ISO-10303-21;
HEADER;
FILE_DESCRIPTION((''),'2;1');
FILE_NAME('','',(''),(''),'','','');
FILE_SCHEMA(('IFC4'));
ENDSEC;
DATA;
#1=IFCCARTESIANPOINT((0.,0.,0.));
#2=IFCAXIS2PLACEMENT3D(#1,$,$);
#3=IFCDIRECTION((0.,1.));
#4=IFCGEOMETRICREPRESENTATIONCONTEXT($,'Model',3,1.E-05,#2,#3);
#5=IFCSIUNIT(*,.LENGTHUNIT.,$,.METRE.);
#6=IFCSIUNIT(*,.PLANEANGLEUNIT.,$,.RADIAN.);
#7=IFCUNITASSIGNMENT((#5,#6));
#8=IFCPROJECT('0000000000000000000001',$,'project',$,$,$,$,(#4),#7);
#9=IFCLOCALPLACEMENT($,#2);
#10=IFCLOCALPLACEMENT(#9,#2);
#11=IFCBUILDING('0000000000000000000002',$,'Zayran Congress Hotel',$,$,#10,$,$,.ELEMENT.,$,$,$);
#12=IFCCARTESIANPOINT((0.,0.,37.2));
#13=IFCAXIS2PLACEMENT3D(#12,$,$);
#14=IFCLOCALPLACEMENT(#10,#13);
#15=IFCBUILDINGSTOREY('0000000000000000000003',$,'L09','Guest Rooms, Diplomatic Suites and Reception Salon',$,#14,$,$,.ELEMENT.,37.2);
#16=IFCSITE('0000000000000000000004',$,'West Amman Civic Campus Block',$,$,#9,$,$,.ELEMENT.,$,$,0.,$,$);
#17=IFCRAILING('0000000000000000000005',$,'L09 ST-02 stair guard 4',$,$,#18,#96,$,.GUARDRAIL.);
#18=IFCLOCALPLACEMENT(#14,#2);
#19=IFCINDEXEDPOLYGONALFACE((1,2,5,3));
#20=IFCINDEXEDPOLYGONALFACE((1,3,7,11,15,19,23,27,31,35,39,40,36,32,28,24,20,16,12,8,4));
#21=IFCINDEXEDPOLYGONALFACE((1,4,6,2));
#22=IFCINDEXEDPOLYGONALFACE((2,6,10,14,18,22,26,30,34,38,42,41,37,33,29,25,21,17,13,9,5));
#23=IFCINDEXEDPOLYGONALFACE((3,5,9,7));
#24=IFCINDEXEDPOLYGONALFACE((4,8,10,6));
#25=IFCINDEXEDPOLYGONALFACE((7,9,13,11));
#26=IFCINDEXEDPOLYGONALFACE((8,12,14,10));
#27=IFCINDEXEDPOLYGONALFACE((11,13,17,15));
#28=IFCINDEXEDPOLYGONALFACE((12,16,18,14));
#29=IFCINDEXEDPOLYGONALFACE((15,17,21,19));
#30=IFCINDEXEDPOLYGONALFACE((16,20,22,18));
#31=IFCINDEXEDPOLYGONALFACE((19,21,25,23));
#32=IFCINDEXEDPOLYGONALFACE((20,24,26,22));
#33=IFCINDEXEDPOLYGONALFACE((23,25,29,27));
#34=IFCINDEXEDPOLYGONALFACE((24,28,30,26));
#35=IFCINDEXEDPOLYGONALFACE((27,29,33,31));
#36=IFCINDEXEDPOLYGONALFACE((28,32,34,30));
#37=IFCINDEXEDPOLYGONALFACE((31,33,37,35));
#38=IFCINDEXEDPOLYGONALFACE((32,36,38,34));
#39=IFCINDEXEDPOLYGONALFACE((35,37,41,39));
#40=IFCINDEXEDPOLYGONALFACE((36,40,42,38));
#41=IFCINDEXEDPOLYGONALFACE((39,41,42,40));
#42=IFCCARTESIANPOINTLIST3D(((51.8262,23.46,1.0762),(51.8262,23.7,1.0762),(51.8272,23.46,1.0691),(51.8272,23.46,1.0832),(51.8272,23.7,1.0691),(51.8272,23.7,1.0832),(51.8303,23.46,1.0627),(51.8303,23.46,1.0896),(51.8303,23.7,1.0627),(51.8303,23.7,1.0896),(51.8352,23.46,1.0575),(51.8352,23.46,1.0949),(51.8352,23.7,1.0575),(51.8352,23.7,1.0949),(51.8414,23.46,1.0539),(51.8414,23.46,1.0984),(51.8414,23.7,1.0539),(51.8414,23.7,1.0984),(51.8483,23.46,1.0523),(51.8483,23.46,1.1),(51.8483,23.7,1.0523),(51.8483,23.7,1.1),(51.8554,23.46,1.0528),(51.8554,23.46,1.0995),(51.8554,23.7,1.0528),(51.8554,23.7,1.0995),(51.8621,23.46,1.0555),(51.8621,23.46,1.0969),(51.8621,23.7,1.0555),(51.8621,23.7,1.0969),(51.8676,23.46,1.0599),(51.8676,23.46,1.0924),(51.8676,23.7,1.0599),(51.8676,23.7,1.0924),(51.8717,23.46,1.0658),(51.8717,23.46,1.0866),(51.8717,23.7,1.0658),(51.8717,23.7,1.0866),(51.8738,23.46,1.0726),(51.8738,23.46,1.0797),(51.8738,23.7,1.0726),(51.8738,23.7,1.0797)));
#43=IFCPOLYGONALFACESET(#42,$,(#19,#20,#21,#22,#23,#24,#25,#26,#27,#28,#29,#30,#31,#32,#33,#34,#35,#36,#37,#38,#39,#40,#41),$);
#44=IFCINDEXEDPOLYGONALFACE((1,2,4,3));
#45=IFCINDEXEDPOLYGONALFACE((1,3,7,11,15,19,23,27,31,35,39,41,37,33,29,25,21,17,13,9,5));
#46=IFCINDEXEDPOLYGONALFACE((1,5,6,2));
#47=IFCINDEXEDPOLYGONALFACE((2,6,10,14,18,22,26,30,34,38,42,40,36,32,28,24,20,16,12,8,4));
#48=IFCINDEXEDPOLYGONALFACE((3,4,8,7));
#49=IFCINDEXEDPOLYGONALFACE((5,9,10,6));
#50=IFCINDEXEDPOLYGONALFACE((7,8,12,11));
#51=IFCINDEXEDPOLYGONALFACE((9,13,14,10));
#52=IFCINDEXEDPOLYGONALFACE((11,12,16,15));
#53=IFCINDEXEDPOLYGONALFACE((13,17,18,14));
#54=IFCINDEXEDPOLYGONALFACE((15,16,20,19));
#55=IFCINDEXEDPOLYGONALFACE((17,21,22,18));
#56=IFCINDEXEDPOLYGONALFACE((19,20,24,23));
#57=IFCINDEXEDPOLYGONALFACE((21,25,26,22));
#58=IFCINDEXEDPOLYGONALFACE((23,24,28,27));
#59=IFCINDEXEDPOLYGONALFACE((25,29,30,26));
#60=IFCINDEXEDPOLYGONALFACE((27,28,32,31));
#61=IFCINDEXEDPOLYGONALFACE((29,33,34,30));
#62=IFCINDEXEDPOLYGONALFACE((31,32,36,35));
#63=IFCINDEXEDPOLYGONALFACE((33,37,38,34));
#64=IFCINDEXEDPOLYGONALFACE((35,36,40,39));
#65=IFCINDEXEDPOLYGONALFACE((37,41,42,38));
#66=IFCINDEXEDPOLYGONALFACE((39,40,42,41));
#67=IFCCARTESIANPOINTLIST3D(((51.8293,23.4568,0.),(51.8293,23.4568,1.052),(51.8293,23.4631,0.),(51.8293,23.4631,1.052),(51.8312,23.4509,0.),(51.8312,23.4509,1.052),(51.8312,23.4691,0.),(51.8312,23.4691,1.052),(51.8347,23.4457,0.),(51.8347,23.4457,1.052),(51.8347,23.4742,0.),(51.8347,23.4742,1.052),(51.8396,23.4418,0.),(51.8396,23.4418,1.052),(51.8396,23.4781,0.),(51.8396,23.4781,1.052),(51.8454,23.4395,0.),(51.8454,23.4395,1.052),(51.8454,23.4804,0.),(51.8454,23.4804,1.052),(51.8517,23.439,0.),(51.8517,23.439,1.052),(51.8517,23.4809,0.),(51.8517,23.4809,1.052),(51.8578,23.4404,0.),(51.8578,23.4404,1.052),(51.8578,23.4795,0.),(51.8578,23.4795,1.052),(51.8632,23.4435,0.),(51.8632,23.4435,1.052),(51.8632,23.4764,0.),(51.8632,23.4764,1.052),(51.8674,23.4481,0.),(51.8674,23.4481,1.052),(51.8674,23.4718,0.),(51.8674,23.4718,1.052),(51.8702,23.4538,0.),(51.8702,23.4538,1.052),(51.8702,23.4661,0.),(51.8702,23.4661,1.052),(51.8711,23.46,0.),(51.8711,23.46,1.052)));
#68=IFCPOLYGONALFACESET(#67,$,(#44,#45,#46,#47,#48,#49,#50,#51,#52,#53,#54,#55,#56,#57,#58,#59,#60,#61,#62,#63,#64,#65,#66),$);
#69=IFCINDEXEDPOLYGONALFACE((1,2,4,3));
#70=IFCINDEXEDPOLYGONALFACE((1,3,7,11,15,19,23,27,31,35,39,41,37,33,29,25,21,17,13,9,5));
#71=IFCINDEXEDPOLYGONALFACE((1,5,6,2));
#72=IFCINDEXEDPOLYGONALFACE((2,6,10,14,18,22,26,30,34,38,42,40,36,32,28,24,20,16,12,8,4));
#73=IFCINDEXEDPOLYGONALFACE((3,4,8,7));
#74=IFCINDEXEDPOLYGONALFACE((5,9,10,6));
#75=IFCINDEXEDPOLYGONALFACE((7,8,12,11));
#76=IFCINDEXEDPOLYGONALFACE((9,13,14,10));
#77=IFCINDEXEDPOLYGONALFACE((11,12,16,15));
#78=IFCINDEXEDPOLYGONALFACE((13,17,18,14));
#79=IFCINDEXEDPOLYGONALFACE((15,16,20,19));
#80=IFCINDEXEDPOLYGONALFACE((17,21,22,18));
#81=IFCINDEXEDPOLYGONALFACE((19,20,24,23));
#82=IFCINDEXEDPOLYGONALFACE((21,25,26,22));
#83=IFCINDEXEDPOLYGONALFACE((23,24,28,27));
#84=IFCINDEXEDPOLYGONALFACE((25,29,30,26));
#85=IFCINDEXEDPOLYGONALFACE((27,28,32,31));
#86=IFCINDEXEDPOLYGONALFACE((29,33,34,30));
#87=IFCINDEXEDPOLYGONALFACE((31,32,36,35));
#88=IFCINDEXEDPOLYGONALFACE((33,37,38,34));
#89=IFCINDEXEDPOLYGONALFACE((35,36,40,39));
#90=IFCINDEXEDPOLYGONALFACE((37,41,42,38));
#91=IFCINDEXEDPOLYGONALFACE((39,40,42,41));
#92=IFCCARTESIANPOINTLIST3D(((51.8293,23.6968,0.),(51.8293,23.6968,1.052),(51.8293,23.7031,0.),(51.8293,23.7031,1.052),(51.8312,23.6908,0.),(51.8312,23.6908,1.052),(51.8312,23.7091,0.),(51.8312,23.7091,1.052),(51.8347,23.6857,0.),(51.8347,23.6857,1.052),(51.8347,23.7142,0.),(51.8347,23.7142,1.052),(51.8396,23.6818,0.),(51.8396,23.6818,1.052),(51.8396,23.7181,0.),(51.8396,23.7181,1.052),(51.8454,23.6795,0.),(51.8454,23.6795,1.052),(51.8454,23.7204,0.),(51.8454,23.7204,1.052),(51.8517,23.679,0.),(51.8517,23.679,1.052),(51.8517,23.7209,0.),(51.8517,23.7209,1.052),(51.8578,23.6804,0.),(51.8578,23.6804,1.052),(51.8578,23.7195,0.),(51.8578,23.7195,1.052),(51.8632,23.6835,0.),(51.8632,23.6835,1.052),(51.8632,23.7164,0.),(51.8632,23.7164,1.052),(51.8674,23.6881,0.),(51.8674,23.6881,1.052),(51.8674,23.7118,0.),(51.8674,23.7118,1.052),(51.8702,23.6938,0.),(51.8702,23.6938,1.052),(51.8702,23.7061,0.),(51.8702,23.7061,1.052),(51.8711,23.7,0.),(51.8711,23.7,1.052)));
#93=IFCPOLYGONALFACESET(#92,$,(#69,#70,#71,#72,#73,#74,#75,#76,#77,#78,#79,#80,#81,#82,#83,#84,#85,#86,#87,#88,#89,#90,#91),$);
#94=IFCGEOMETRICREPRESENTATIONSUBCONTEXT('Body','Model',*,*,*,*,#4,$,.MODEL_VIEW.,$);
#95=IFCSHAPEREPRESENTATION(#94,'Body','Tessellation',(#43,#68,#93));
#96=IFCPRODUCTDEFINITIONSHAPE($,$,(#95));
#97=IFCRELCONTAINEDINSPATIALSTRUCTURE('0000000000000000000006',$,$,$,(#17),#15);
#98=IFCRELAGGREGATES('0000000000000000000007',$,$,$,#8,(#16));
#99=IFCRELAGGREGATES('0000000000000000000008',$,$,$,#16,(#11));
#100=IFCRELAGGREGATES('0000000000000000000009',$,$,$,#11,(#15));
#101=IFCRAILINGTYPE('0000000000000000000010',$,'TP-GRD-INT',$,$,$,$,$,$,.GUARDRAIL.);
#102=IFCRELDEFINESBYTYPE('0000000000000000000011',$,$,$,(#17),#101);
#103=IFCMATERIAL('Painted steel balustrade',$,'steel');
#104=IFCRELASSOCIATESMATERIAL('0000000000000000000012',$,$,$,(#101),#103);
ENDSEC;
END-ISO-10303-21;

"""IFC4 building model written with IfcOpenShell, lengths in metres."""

from ifc_helpers import new_model, si_unit, direction, frame, origin, origin_2d, place, context, subcontext, project, spatial, circle, extrude, material, type_object, element, save


model = new_model("IFC4")

# Units and contexts
model_context = context("Model", 3, precision=1e-05, world=origin(), true_north=direction((0.0, 1.0)))
body_context = subcontext(model_context, "Body", "Model", "MODEL_VIEW")
ifc_project = project(units=[si_unit("LENGTHUNIT", "METRE"), si_unit("PLANEANGLEUNIT", "RADIAN")], contexts=[model_context])

# Site, building, storey
site_placement = place(None, origin())
site = spatial("IfcSite", under=ifc_project, at=site_placement, Name="West Amman Civic Campus Block", CompositionType="ELEMENT", RefElevation=0.0)
building_placement = place(site_placement, origin())
building = spatial("IfcBuilding", under=site, at=building_placement, Name="Zayran Congress Hotel", CompositionType="ELEMENT")
storey_placement = place(building_placement, frame((0.0, 0.0, 37.2)))
storey = spatial("IfcBuildingStorey", under=building, at=storey_placement, Name="L09", Description="Guest Rooms, Diplomatic Suites and Reception Salon", CompositionType="ELEMENT", Elevation=37.2)

# Railing
ifc_material_1 = material(Name="Painted steel balustrade", Category="steel")
railing_type_1 = type_object("IfcRailingType", Name="TP-GRD-INT", PredefinedType="GUARDRAIL", material=ifc_material_1)
railing_1_placement = place(storey_placement, frame((51.8501, 23.46, 0.0)))
element("IfcRailing", 1, at=railing_1_placement, inside=storey, type_object=railing_type_1, Name="L09 ST-02 stair guard 4", PredefinedType="GUARDRAIL", context=body_context, shape_type="SweptSolid", body=[
    extrude(circle(Radius=0.0239, at=origin_2d()), frame((0.0, 0.0, 1.0762), z_axis=(0.0, 1.0, 0.0), x_axis=(-1.0, 0.0, 0.0)), (0.0, 0.0, 1.0), 0.24),
    extrude(circle(Radius=0.021, at=origin_2d()), origin(), (0.0, 0.0, 1.0), 1.052),
    extrude(circle(Radius=0.021, at=origin_2d()), frame((0.0, 0.24, 0.0)), (0.0, 0.0, 1.0), 1.052),
])

save(model, "model.ifc")
